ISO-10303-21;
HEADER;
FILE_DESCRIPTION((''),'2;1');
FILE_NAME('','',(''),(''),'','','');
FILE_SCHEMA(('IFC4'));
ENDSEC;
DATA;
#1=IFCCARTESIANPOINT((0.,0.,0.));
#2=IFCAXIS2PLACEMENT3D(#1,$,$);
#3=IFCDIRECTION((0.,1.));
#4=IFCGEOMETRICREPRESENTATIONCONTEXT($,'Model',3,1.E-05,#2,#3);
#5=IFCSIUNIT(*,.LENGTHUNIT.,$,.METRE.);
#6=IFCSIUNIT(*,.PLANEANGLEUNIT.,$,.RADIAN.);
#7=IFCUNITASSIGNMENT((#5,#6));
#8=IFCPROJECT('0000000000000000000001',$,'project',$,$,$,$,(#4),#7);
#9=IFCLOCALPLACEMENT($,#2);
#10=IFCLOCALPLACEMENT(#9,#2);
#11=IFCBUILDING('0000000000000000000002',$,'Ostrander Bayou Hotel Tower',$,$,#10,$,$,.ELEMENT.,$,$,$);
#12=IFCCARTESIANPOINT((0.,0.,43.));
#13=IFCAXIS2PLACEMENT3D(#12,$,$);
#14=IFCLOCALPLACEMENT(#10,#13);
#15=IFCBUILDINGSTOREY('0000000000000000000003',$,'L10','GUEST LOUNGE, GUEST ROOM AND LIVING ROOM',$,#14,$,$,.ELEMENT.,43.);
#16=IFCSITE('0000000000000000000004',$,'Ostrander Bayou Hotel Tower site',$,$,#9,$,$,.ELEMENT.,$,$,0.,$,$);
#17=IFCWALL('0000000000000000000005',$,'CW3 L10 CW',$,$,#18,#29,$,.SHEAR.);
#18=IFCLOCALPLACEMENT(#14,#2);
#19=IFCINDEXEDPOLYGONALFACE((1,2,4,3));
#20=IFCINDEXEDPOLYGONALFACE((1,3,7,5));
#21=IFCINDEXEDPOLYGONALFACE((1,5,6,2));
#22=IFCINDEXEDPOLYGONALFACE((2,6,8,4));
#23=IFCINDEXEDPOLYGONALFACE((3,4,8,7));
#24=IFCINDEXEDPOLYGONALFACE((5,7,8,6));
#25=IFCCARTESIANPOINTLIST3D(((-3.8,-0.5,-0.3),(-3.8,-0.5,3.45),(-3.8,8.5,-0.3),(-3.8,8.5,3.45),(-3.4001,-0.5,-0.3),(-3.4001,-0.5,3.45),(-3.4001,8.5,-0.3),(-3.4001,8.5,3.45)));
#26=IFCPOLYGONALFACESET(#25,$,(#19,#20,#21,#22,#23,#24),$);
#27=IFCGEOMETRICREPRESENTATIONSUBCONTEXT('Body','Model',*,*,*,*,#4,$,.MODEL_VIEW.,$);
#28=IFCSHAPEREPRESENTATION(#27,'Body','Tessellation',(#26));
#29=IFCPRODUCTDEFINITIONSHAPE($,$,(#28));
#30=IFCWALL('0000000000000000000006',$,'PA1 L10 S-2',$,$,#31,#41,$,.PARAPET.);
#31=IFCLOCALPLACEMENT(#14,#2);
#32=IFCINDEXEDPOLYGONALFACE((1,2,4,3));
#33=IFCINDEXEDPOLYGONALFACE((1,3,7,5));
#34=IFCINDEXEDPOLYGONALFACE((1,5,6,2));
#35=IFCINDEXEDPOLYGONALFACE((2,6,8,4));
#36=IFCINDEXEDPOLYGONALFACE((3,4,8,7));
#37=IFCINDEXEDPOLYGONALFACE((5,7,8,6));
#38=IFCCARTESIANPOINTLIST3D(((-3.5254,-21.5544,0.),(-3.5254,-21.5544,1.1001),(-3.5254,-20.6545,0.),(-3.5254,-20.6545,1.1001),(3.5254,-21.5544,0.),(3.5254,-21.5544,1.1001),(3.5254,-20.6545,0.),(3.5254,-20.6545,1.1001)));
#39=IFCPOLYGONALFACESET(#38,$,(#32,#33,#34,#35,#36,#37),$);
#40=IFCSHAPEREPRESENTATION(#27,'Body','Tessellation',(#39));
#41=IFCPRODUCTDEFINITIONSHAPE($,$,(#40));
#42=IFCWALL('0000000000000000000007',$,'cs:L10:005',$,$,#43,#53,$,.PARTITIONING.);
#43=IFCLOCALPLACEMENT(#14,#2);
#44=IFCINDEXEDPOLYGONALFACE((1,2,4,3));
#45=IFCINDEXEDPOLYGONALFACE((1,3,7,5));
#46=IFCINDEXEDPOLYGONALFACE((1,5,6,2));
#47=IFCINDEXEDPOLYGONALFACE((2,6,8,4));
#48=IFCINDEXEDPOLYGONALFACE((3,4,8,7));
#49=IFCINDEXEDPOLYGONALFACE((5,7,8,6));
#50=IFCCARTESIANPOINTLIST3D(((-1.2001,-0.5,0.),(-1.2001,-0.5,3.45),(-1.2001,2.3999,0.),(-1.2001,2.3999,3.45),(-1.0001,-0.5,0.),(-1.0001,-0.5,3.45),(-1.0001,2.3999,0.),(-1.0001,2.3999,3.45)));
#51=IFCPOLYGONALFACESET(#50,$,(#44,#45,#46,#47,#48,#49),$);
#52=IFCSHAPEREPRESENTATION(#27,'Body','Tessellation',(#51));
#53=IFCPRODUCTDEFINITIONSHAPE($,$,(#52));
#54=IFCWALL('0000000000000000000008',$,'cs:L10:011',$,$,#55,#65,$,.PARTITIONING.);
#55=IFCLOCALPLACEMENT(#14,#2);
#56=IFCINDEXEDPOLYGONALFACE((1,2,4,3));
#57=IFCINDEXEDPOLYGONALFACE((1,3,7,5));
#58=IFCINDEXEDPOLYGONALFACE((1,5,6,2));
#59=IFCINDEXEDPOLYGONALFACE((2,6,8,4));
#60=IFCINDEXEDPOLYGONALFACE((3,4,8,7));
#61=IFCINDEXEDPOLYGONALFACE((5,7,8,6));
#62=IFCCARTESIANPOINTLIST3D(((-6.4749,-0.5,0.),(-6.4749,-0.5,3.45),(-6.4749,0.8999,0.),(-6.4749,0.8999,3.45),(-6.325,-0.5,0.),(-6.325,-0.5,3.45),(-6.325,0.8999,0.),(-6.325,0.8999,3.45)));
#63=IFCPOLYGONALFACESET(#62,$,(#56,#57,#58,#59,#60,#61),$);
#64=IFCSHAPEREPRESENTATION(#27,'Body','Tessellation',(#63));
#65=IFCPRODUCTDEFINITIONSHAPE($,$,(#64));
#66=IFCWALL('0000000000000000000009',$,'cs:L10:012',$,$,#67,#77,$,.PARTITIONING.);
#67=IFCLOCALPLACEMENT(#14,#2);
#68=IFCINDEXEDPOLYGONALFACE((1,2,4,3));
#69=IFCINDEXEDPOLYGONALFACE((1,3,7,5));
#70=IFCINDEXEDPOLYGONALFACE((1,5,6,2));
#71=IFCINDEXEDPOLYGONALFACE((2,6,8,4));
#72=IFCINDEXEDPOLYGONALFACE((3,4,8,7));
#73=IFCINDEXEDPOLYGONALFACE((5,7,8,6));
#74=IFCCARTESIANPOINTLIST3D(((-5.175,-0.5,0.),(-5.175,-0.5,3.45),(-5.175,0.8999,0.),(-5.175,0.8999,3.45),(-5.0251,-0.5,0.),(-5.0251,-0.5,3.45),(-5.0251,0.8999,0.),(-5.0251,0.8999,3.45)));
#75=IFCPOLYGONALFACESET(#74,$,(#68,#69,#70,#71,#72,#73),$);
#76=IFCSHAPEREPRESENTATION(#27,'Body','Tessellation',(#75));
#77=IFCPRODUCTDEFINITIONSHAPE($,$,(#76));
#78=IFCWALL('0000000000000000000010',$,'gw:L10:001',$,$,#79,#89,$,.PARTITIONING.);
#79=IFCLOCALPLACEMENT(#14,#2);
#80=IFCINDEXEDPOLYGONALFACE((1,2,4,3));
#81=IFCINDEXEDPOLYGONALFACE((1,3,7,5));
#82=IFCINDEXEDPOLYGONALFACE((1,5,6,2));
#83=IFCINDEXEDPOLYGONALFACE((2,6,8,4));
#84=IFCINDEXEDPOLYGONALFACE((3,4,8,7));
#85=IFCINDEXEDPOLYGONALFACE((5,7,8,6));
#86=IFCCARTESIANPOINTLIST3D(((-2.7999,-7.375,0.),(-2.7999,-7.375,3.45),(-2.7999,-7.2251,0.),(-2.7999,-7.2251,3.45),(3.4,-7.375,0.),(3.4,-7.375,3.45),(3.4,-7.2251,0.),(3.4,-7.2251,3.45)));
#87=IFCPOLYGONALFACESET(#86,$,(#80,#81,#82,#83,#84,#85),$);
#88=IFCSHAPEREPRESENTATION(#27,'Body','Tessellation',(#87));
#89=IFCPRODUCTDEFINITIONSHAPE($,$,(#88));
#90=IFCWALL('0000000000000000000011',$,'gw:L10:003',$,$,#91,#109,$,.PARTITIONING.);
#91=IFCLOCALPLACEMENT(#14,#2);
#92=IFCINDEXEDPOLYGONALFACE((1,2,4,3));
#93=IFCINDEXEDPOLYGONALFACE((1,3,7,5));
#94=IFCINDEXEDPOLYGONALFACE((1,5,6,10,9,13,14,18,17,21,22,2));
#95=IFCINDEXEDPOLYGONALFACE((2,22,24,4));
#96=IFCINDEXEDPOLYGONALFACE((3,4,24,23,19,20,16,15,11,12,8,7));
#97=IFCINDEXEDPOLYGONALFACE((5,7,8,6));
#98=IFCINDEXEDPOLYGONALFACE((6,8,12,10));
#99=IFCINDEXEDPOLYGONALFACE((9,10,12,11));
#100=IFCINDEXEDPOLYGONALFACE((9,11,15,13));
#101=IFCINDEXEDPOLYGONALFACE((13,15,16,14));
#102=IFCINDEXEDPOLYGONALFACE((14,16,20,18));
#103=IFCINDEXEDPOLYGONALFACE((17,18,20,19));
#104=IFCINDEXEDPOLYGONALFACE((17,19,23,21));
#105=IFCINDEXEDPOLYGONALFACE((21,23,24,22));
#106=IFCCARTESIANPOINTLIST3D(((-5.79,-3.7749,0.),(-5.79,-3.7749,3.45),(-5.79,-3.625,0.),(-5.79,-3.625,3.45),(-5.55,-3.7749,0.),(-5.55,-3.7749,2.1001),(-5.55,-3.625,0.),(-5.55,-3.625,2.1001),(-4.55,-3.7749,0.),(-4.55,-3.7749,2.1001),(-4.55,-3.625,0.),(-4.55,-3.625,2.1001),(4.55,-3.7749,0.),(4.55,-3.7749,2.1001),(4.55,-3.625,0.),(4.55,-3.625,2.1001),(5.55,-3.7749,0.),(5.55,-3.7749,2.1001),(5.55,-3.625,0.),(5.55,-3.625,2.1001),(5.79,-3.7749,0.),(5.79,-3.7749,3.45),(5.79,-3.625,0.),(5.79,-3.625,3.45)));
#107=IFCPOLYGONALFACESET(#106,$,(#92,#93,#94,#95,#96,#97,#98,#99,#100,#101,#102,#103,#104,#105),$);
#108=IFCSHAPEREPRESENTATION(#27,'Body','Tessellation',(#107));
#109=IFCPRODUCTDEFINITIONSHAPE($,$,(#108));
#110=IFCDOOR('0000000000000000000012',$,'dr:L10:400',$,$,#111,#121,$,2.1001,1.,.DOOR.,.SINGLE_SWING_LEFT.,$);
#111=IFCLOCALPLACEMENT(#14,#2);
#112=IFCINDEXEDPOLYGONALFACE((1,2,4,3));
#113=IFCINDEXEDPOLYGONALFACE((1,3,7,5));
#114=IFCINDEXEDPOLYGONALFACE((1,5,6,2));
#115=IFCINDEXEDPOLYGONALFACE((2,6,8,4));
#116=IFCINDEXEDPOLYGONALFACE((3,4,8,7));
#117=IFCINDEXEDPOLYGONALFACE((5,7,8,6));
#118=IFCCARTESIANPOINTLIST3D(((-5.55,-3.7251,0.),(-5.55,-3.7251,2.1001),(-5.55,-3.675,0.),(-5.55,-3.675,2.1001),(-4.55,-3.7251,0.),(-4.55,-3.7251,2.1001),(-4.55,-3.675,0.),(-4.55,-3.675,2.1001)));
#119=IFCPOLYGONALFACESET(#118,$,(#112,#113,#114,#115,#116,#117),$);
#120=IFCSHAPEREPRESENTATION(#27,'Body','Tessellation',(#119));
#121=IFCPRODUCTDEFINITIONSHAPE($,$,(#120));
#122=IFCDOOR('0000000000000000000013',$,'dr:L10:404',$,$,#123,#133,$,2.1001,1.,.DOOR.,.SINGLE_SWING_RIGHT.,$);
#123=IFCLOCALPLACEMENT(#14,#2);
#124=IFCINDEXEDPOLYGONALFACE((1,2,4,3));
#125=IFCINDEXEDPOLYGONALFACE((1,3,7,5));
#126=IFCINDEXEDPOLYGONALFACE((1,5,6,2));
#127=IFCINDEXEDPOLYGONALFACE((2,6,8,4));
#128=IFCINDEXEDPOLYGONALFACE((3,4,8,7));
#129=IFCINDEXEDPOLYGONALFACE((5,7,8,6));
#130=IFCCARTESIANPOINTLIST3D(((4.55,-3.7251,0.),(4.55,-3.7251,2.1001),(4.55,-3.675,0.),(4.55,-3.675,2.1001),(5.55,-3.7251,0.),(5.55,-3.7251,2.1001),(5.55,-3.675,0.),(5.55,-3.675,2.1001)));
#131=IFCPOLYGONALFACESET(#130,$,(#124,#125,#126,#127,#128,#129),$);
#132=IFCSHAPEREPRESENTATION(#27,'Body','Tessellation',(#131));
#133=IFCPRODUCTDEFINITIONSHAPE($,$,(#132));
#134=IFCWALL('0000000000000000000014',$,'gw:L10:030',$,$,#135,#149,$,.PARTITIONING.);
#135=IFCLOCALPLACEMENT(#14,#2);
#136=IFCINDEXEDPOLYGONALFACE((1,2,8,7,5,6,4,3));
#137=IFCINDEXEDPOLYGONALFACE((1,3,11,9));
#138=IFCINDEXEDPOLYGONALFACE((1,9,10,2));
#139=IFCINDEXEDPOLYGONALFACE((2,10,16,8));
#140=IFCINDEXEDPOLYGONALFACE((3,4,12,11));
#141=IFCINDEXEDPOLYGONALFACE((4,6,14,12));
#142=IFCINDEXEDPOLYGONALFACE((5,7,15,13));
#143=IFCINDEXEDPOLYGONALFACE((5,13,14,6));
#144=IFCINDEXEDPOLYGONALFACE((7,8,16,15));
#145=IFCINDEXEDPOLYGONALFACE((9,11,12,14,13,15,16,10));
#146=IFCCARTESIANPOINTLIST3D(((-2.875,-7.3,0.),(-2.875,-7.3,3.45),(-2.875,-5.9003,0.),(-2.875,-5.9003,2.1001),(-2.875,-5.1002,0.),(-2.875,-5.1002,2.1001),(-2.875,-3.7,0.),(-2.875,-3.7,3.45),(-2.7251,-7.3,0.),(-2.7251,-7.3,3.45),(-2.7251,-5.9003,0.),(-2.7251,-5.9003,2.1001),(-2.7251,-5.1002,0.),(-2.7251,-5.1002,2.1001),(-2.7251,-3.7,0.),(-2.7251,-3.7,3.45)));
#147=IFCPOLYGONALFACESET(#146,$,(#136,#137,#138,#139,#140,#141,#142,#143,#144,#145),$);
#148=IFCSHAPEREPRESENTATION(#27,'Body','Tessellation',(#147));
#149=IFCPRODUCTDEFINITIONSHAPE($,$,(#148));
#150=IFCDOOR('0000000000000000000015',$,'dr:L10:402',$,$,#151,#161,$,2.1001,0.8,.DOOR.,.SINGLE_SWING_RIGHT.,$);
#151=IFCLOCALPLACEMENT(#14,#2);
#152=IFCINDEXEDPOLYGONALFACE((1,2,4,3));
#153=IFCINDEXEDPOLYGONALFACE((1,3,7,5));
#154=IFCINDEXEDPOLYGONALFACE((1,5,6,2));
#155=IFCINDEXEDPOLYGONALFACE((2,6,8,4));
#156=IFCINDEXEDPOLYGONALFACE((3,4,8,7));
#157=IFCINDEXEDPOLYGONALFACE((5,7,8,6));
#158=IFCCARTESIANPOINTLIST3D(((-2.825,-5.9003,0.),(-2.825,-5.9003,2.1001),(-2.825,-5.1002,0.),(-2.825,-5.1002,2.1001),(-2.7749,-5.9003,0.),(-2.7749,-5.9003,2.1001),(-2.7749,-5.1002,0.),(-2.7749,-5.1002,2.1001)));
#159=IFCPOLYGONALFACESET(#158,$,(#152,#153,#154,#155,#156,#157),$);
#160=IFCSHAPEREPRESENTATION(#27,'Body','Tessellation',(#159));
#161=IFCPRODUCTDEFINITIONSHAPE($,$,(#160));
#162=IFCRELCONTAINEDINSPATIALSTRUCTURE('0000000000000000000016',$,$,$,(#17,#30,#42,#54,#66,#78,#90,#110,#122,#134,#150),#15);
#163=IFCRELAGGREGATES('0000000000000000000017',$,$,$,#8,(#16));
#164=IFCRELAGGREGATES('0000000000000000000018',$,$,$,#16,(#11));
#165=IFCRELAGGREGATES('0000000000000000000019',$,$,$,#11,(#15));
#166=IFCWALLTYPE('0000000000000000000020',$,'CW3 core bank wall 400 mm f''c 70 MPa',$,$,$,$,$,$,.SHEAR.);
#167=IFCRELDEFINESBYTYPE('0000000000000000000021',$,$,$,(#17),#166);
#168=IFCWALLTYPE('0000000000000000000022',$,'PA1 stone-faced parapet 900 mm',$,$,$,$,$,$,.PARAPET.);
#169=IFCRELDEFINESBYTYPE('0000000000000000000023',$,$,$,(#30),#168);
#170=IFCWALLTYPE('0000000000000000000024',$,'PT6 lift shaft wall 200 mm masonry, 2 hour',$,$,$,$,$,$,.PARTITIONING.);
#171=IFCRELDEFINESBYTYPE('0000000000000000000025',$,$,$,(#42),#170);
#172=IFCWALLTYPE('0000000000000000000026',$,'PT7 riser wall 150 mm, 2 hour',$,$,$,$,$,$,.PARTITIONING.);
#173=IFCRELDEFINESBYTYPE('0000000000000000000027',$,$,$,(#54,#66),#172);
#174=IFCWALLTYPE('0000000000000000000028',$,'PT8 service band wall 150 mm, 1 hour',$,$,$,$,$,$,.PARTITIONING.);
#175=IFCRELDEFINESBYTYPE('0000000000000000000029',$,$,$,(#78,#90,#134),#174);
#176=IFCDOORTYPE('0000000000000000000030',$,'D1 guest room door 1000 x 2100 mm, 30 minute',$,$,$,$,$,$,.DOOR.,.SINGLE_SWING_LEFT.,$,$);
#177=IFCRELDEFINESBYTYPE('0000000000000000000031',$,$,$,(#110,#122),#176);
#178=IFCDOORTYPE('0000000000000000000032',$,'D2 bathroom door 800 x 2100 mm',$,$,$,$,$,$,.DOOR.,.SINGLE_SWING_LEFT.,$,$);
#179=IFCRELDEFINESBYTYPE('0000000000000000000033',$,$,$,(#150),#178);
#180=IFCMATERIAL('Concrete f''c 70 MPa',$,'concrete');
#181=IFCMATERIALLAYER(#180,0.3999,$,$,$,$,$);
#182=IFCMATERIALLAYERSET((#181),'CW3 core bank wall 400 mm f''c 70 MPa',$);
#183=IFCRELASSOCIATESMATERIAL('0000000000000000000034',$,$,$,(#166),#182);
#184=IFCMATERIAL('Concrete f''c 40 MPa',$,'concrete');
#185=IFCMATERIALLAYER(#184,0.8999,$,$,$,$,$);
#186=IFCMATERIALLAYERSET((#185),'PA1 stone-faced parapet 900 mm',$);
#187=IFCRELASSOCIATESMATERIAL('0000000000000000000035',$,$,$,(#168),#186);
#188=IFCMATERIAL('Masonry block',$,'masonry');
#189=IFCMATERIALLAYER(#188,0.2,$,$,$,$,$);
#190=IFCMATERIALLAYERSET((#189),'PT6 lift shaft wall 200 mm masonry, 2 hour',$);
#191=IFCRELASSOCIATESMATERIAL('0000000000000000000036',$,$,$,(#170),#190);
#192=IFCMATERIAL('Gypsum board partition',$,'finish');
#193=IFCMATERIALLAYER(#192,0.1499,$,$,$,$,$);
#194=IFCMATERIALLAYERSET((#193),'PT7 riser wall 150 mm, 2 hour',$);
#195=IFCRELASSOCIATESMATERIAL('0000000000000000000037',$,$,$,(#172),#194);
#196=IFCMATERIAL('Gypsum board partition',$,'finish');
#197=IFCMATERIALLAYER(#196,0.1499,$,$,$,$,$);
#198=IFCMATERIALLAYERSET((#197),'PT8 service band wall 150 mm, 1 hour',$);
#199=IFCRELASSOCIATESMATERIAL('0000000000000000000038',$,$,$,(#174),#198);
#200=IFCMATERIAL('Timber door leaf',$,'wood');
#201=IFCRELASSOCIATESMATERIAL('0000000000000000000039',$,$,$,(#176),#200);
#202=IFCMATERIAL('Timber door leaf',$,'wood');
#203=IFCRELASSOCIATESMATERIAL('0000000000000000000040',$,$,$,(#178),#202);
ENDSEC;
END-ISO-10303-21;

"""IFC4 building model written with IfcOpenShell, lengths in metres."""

from ifc_helpers import new_model, si_unit, direction, frame, frame_2d, origin, place, context, subcontext, project, spatial, rectangle, extrude, material, layer, layer_set, type_object, element, fill, save


model = new_model("IFC4")

# Units and contexts
model_context = context("Model", 3, precision=1e-05, world=origin(), true_north=direction((0.0, 1.0)))
body_context = subcontext(model_context, "Body", "Model", "MODEL_VIEW")
ifc_project = project(units=[si_unit("LENGTHUNIT", "METRE"), si_unit("PLANEANGLEUNIT", "RADIAN")], contexts=[model_context])

# Site, building, storey
site_placement = place(None, origin())
site = spatial("IfcSite", under=ifc_project, at=site_placement, Name="Ostrander Bayou Hotel Tower site", CompositionType="ELEMENT", RefElevation=0.0)
building_placement = place(site_placement, origin())
building = spatial("IfcBuilding", under=site, at=building_placement, Name="Ostrander Bayou Hotel Tower", CompositionType="ELEMENT")
storey_placement = place(building_placement, frame((0.0, 0.0, 43.0)))
storey = spatial("IfcBuildingStorey", under=building, at=storey_placement, Name="L10", Description="GUEST LOUNGE, GUEST ROOM AND LIVING ROOM", CompositionType="ELEMENT", Elevation=43.0)

# Walls
ifc_material_1 = material(Name="Concrete f'c 70 MPa", Category="concrete")
ifc_layer_1 = layer(ifc_material_1, 0.3999)
ifc_layer_set_1 = layer_set([ifc_layer_1], Name="CW3 core bank wall 400 mm f'c 70 MPa")
wall_type_1 = type_object("IfcWallType", Name="CW3 core bank wall 400 mm f'c 70 MPa", PredefinedType="SHEAR", material=ifc_layer_set_1)
wall_1_placement = place(storey_placement, frame((-3.6001, -0.5, -0.3), z_axis=(0.0, 0.0, 1.0), x_axis=(0.0, 1.0, 0.0)))
element("IfcWall", 1, at=wall_1_placement, inside=storey, type_object=wall_type_1, Name="CW3 L10 CW", PredefinedType="SHEAR", context=body_context, shape_type="SweptSolid", body=[
    extrude(rectangle(XDim=9.0, YDim=0.3999, at=frame_2d((4.5, 0.0))), origin(), (0.0, 0.0, 1.0), 3.75),
])
ifc_material_2 = material(Name="Concrete f'c 40 MPa", Category="concrete")
ifc_layer_2 = layer(ifc_material_2, 0.8999)
ifc_layer_set_2 = layer_set([ifc_layer_2], Name="PA1 stone-faced parapet 900 mm")
wall_type_2 = type_object("IfcWallType", Name="PA1 stone-faced parapet 900 mm", PredefinedType="PARAPET", material=ifc_layer_set_2)
wall_2_placement = place(storey_placement, frame((-3.5254, -21.1045, 0.0), z_axis=(0.0, 0.0, 1.0), x_axis=(1.0, 0.0, 0.0)))
element("IfcWall", 2, at=wall_2_placement, inside=storey, type_object=wall_type_2, Name="PA1 L10 S-2", PredefinedType="PARAPET", context=body_context, shape_type="SweptSolid", body=[
    extrude(rectangle(XDim=7.0508, YDim=0.8999, at=frame_2d((3.5254, 0.0))), origin(), (0.0, 0.0, 1.0), 1.1001),
])
ifc_material_3 = material(Name="Masonry block", Category="masonry")
ifc_layer_3 = layer(ifc_material_3, 0.2)
ifc_layer_set_3 = layer_set([ifc_layer_3], Name="PT6 lift shaft wall 200 mm masonry, 2 hour")
wall_type_3 = type_object("IfcWallType", Name="PT6 lift shaft wall 200 mm masonry, 2 hour", PredefinedType="PARTITIONING", material=ifc_layer_set_3)
wall_3_placement = place(storey_placement, frame((-1.1001, -0.5, 0.0), z_axis=(0.0, 0.0, 1.0), x_axis=(0.0, 1.0, 0.0)))
element("IfcWall", 3, at=wall_3_placement, inside=storey, type_object=wall_type_3, Name="cs:L10:005", PredefinedType="PARTITIONING", context=body_context, shape_type="SweptSolid", body=[
    extrude(rectangle(XDim=2.8999, YDim=0.2, at=frame_2d((1.45, 0.0))), origin(), (0.0, 0.0, 1.0), 3.45),
])
ifc_material_4 = material(Name="Gypsum board partition", Category="finish")
ifc_layer_4 = layer(ifc_material_4, 0.1499)
ifc_layer_set_4 = layer_set([ifc_layer_4], Name="PT7 riser wall 150 mm, 2 hour")
wall_type_4 = type_object("IfcWallType", Name="PT7 riser wall 150 mm, 2 hour", PredefinedType="PARTITIONING", material=ifc_layer_set_4)
for number, where, z_axis, x_axis, name in (
    (4, (-6.3999, -0.5, 0.0), (0.0, 0.0, 1.0), (0.0, 1.0, 0.0), "cs:L10:011"),
    (5, (-5.1001, -0.5, 0.0), (0.0, 0.0, 1.0), (0.0, 1.0, 0.0), "cs:L10:012"),
):
    element("IfcWall", number, at=place(storey_placement, frame(where, z_axis=z_axis, x_axis=x_axis)), inside=storey, type_object=wall_type_4, Name=name, PredefinedType="PARTITIONING", context=body_context, shape_type="SweptSolid", body=[
        extrude(rectangle(XDim=1.3999, YDim=0.1499, at=frame_2d((0.7, 0.0))), origin(), (0.0, 0.0, 1.0), 3.45),
    ])
ifc_material_5 = material(Name="Gypsum board partition", Category="finish")
ifc_layer_5 = layer(ifc_material_5, 0.1499)
ifc_layer_set_5 = layer_set([ifc_layer_5], Name="PT8 service band wall 150 mm, 1 hour")
wall_type_5 = type_object("IfcWallType", Name="PT8 service band wall 150 mm, 1 hour", PredefinedType="PARTITIONING", material=ifc_layer_set_5)
wall_4_placement = place(storey_placement, frame((-2.8, -7.3, 0.0), z_axis=(0.0, 0.0, 1.0), x_axis=(1.0, 0.0, 0.0)))
element("IfcWall", 6, at=wall_4_placement, inside=storey, type_object=wall_type_5, Name="gw:L10:001", PredefinedType="PARTITIONING", context=body_context, shape_type="SweptSolid", body=[
    extrude(rectangle(XDim=6.2, YDim=0.1499, at=frame_2d((3.1001, 0.0))), origin(), (0.0, 0.0, 1.0), 3.45),
])

# Wall, openings, doors
wall_5_placement = place(storey_placement, frame((-5.79, -3.7, 0.0), z_axis=(0.0, 0.0, 1.0), x_axis=(1.0, 0.0, 0.0)))
wall_5 = element("IfcWall", 7, at=wall_5_placement, inside=storey, type_object=wall_type_5, Name="gw:L10:003", PredefinedType="PARTITIONING", context=body_context, shape_type="SweptSolid", body=[
    extrude(rectangle(XDim=11.5801, YDim=0.1499, at=frame_2d((5.79, 0.0))), origin(), (0.0, 0.0, 1.0), 3.45),
])
opening_1_placement = place(wall_5_placement, frame((0.24, 0.0, 0.0)))
opening_1 = element("IfcOpeningElement", 8, at=opening_1_placement, cuts=wall_5, PredefinedType="OPENING", context=body_context, shape_type="SweptSolid", body=[
    extrude(rectangle(XDim=1.0, YDim=2.1001, at=frame_2d((0.5, 1.05))), frame((0.0, 0.075, 0.0), z_axis=(0.0, -1.0, 0.0), x_axis=(1.0, 0.0, 0.0)), (0.0, 0.0, 1.0), 0.1499),
])
opening_2_placement = place(wall_5_placement, frame((10.3401, 0.0, 0.0)))
opening_2 = element("IfcOpeningElement", 9, at=opening_2_placement, cuts=wall_5, PredefinedType="OPENING", context=body_context, shape_type="SweptSolid", body=[
    extrude(rectangle(XDim=1.0, YDim=2.1001, at=frame_2d((0.5, 1.05))), frame((0.0, 0.075, 0.0), z_axis=(0.0, -1.0, 0.0), x_axis=(1.0, 0.0, 0.0)), (0.0, 0.0, 1.0), 0.1499),
])
ifc_material_6 = material(Name="Timber door leaf", Category="wood")
door_type_1 = type_object("IfcDoorType", Name="D1 guest room door 1000 x 2100 mm, 30 minute", OperationType="SINGLE_SWING_LEFT", PredefinedType="DOOR", material=ifc_material_6)
door_1_placement = place(opening_1_placement, origin())
door_1 = element("IfcDoor", 10, at=door_1_placement, inside=storey, type_object=door_type_1, Name="dr:L10:400", OperationType="SINGLE_SWING_LEFT", OverallHeight=2.1001, OverallWidth=1.0, PredefinedType="DOOR", context=body_context, shape_type="SweptSolid", body=[
    extrude(rectangle(XDim=1.0, YDim=2.1001, at=frame_2d((0.5, 1.05))), frame((0.0, 0.0249, 0.0), z_axis=(0.0, -1.0, 0.0), x_axis=(1.0, 0.0, 0.0)), (0.0, 0.0, 1.0), 0.05),
])
fill(opening_1, door_1)
door_2_placement = place(opening_2_placement, origin())
door_2 = element("IfcDoor", 11, at=door_2_placement, inside=storey, type_object=door_type_1, Name="dr:L10:404", OperationType="SINGLE_SWING_RIGHT", OverallHeight=2.1001, OverallWidth=1.0, PredefinedType="DOOR", context=body_context, shape_type="SweptSolid", body=[
    extrude(rectangle(XDim=1.0, YDim=2.1001, at=frame_2d((0.5, 1.05))), frame((0.0, 0.0249, 0.0), z_axis=(0.0, -1.0, 0.0), x_axis=(1.0, 0.0, 0.0)), (0.0, 0.0, 1.0), 0.05),
])
fill(opening_2, door_2)

# Wall, opening, door
wall_6_placement = place(storey_placement, frame((-2.8, -7.3, 0.0), z_axis=(0.0, 0.0, 1.0), x_axis=(0.0, 1.0, 0.0)))
wall_6 = element("IfcWall", 12, at=wall_6_placement, inside=storey, type_object=wall_type_5, Name="gw:L10:030", PredefinedType="PARTITIONING", context=body_context, shape_type="SweptSolid", body=[
    extrude(rectangle(XDim=3.6001, YDim=0.1499, at=frame_2d((1.8, 0.0))), origin(), (0.0, 0.0, 1.0), 3.45),
])
opening_3_placement = place(wall_6_placement, frame((1.3999, 0.0, 0.0)))
opening_3 = element("IfcOpeningElement", 13, at=opening_3_placement, cuts=wall_6, PredefinedType="OPENING", context=body_context, shape_type="SweptSolid", body=[
    extrude(rectangle(XDim=0.8, YDim=2.1001, at=frame_2d((0.3999, 1.05))), frame((0.0, 0.075, 0.0), z_axis=(0.0, -1.0, 0.0), x_axis=(1.0, 0.0, 0.0)), (0.0, 0.0, 1.0), 0.1499),
])
ifc_material_7 = material(Name="Timber door leaf", Category="wood")
door_type_2 = type_object("IfcDoorType", Name="D2 bathroom door 800 x 2100 mm", OperationType="SINGLE_SWING_LEFT", PredefinedType="DOOR", material=ifc_material_7)
door_3_placement = place(opening_3_placement, origin())
door_3 = element("IfcDoor", 14, at=door_3_placement, inside=storey, type_object=door_type_2, Name="dr:L10:402", OperationType="SINGLE_SWING_RIGHT", OverallHeight=2.1001, OverallWidth=0.8, PredefinedType="DOOR", context=body_context, shape_type="SweptSolid", body=[
    extrude(rectangle(XDim=0.8, YDim=2.1001, at=frame_2d((0.3999, 1.05))), frame((0.0, 0.0249, 0.0), z_axis=(0.0, -1.0, 0.0), x_axis=(1.0, 0.0, 0.0)), (0.0, 0.0, 1.0), 0.05),
])
fill(opening_3, door_3)

save(model, "model.ifc")
